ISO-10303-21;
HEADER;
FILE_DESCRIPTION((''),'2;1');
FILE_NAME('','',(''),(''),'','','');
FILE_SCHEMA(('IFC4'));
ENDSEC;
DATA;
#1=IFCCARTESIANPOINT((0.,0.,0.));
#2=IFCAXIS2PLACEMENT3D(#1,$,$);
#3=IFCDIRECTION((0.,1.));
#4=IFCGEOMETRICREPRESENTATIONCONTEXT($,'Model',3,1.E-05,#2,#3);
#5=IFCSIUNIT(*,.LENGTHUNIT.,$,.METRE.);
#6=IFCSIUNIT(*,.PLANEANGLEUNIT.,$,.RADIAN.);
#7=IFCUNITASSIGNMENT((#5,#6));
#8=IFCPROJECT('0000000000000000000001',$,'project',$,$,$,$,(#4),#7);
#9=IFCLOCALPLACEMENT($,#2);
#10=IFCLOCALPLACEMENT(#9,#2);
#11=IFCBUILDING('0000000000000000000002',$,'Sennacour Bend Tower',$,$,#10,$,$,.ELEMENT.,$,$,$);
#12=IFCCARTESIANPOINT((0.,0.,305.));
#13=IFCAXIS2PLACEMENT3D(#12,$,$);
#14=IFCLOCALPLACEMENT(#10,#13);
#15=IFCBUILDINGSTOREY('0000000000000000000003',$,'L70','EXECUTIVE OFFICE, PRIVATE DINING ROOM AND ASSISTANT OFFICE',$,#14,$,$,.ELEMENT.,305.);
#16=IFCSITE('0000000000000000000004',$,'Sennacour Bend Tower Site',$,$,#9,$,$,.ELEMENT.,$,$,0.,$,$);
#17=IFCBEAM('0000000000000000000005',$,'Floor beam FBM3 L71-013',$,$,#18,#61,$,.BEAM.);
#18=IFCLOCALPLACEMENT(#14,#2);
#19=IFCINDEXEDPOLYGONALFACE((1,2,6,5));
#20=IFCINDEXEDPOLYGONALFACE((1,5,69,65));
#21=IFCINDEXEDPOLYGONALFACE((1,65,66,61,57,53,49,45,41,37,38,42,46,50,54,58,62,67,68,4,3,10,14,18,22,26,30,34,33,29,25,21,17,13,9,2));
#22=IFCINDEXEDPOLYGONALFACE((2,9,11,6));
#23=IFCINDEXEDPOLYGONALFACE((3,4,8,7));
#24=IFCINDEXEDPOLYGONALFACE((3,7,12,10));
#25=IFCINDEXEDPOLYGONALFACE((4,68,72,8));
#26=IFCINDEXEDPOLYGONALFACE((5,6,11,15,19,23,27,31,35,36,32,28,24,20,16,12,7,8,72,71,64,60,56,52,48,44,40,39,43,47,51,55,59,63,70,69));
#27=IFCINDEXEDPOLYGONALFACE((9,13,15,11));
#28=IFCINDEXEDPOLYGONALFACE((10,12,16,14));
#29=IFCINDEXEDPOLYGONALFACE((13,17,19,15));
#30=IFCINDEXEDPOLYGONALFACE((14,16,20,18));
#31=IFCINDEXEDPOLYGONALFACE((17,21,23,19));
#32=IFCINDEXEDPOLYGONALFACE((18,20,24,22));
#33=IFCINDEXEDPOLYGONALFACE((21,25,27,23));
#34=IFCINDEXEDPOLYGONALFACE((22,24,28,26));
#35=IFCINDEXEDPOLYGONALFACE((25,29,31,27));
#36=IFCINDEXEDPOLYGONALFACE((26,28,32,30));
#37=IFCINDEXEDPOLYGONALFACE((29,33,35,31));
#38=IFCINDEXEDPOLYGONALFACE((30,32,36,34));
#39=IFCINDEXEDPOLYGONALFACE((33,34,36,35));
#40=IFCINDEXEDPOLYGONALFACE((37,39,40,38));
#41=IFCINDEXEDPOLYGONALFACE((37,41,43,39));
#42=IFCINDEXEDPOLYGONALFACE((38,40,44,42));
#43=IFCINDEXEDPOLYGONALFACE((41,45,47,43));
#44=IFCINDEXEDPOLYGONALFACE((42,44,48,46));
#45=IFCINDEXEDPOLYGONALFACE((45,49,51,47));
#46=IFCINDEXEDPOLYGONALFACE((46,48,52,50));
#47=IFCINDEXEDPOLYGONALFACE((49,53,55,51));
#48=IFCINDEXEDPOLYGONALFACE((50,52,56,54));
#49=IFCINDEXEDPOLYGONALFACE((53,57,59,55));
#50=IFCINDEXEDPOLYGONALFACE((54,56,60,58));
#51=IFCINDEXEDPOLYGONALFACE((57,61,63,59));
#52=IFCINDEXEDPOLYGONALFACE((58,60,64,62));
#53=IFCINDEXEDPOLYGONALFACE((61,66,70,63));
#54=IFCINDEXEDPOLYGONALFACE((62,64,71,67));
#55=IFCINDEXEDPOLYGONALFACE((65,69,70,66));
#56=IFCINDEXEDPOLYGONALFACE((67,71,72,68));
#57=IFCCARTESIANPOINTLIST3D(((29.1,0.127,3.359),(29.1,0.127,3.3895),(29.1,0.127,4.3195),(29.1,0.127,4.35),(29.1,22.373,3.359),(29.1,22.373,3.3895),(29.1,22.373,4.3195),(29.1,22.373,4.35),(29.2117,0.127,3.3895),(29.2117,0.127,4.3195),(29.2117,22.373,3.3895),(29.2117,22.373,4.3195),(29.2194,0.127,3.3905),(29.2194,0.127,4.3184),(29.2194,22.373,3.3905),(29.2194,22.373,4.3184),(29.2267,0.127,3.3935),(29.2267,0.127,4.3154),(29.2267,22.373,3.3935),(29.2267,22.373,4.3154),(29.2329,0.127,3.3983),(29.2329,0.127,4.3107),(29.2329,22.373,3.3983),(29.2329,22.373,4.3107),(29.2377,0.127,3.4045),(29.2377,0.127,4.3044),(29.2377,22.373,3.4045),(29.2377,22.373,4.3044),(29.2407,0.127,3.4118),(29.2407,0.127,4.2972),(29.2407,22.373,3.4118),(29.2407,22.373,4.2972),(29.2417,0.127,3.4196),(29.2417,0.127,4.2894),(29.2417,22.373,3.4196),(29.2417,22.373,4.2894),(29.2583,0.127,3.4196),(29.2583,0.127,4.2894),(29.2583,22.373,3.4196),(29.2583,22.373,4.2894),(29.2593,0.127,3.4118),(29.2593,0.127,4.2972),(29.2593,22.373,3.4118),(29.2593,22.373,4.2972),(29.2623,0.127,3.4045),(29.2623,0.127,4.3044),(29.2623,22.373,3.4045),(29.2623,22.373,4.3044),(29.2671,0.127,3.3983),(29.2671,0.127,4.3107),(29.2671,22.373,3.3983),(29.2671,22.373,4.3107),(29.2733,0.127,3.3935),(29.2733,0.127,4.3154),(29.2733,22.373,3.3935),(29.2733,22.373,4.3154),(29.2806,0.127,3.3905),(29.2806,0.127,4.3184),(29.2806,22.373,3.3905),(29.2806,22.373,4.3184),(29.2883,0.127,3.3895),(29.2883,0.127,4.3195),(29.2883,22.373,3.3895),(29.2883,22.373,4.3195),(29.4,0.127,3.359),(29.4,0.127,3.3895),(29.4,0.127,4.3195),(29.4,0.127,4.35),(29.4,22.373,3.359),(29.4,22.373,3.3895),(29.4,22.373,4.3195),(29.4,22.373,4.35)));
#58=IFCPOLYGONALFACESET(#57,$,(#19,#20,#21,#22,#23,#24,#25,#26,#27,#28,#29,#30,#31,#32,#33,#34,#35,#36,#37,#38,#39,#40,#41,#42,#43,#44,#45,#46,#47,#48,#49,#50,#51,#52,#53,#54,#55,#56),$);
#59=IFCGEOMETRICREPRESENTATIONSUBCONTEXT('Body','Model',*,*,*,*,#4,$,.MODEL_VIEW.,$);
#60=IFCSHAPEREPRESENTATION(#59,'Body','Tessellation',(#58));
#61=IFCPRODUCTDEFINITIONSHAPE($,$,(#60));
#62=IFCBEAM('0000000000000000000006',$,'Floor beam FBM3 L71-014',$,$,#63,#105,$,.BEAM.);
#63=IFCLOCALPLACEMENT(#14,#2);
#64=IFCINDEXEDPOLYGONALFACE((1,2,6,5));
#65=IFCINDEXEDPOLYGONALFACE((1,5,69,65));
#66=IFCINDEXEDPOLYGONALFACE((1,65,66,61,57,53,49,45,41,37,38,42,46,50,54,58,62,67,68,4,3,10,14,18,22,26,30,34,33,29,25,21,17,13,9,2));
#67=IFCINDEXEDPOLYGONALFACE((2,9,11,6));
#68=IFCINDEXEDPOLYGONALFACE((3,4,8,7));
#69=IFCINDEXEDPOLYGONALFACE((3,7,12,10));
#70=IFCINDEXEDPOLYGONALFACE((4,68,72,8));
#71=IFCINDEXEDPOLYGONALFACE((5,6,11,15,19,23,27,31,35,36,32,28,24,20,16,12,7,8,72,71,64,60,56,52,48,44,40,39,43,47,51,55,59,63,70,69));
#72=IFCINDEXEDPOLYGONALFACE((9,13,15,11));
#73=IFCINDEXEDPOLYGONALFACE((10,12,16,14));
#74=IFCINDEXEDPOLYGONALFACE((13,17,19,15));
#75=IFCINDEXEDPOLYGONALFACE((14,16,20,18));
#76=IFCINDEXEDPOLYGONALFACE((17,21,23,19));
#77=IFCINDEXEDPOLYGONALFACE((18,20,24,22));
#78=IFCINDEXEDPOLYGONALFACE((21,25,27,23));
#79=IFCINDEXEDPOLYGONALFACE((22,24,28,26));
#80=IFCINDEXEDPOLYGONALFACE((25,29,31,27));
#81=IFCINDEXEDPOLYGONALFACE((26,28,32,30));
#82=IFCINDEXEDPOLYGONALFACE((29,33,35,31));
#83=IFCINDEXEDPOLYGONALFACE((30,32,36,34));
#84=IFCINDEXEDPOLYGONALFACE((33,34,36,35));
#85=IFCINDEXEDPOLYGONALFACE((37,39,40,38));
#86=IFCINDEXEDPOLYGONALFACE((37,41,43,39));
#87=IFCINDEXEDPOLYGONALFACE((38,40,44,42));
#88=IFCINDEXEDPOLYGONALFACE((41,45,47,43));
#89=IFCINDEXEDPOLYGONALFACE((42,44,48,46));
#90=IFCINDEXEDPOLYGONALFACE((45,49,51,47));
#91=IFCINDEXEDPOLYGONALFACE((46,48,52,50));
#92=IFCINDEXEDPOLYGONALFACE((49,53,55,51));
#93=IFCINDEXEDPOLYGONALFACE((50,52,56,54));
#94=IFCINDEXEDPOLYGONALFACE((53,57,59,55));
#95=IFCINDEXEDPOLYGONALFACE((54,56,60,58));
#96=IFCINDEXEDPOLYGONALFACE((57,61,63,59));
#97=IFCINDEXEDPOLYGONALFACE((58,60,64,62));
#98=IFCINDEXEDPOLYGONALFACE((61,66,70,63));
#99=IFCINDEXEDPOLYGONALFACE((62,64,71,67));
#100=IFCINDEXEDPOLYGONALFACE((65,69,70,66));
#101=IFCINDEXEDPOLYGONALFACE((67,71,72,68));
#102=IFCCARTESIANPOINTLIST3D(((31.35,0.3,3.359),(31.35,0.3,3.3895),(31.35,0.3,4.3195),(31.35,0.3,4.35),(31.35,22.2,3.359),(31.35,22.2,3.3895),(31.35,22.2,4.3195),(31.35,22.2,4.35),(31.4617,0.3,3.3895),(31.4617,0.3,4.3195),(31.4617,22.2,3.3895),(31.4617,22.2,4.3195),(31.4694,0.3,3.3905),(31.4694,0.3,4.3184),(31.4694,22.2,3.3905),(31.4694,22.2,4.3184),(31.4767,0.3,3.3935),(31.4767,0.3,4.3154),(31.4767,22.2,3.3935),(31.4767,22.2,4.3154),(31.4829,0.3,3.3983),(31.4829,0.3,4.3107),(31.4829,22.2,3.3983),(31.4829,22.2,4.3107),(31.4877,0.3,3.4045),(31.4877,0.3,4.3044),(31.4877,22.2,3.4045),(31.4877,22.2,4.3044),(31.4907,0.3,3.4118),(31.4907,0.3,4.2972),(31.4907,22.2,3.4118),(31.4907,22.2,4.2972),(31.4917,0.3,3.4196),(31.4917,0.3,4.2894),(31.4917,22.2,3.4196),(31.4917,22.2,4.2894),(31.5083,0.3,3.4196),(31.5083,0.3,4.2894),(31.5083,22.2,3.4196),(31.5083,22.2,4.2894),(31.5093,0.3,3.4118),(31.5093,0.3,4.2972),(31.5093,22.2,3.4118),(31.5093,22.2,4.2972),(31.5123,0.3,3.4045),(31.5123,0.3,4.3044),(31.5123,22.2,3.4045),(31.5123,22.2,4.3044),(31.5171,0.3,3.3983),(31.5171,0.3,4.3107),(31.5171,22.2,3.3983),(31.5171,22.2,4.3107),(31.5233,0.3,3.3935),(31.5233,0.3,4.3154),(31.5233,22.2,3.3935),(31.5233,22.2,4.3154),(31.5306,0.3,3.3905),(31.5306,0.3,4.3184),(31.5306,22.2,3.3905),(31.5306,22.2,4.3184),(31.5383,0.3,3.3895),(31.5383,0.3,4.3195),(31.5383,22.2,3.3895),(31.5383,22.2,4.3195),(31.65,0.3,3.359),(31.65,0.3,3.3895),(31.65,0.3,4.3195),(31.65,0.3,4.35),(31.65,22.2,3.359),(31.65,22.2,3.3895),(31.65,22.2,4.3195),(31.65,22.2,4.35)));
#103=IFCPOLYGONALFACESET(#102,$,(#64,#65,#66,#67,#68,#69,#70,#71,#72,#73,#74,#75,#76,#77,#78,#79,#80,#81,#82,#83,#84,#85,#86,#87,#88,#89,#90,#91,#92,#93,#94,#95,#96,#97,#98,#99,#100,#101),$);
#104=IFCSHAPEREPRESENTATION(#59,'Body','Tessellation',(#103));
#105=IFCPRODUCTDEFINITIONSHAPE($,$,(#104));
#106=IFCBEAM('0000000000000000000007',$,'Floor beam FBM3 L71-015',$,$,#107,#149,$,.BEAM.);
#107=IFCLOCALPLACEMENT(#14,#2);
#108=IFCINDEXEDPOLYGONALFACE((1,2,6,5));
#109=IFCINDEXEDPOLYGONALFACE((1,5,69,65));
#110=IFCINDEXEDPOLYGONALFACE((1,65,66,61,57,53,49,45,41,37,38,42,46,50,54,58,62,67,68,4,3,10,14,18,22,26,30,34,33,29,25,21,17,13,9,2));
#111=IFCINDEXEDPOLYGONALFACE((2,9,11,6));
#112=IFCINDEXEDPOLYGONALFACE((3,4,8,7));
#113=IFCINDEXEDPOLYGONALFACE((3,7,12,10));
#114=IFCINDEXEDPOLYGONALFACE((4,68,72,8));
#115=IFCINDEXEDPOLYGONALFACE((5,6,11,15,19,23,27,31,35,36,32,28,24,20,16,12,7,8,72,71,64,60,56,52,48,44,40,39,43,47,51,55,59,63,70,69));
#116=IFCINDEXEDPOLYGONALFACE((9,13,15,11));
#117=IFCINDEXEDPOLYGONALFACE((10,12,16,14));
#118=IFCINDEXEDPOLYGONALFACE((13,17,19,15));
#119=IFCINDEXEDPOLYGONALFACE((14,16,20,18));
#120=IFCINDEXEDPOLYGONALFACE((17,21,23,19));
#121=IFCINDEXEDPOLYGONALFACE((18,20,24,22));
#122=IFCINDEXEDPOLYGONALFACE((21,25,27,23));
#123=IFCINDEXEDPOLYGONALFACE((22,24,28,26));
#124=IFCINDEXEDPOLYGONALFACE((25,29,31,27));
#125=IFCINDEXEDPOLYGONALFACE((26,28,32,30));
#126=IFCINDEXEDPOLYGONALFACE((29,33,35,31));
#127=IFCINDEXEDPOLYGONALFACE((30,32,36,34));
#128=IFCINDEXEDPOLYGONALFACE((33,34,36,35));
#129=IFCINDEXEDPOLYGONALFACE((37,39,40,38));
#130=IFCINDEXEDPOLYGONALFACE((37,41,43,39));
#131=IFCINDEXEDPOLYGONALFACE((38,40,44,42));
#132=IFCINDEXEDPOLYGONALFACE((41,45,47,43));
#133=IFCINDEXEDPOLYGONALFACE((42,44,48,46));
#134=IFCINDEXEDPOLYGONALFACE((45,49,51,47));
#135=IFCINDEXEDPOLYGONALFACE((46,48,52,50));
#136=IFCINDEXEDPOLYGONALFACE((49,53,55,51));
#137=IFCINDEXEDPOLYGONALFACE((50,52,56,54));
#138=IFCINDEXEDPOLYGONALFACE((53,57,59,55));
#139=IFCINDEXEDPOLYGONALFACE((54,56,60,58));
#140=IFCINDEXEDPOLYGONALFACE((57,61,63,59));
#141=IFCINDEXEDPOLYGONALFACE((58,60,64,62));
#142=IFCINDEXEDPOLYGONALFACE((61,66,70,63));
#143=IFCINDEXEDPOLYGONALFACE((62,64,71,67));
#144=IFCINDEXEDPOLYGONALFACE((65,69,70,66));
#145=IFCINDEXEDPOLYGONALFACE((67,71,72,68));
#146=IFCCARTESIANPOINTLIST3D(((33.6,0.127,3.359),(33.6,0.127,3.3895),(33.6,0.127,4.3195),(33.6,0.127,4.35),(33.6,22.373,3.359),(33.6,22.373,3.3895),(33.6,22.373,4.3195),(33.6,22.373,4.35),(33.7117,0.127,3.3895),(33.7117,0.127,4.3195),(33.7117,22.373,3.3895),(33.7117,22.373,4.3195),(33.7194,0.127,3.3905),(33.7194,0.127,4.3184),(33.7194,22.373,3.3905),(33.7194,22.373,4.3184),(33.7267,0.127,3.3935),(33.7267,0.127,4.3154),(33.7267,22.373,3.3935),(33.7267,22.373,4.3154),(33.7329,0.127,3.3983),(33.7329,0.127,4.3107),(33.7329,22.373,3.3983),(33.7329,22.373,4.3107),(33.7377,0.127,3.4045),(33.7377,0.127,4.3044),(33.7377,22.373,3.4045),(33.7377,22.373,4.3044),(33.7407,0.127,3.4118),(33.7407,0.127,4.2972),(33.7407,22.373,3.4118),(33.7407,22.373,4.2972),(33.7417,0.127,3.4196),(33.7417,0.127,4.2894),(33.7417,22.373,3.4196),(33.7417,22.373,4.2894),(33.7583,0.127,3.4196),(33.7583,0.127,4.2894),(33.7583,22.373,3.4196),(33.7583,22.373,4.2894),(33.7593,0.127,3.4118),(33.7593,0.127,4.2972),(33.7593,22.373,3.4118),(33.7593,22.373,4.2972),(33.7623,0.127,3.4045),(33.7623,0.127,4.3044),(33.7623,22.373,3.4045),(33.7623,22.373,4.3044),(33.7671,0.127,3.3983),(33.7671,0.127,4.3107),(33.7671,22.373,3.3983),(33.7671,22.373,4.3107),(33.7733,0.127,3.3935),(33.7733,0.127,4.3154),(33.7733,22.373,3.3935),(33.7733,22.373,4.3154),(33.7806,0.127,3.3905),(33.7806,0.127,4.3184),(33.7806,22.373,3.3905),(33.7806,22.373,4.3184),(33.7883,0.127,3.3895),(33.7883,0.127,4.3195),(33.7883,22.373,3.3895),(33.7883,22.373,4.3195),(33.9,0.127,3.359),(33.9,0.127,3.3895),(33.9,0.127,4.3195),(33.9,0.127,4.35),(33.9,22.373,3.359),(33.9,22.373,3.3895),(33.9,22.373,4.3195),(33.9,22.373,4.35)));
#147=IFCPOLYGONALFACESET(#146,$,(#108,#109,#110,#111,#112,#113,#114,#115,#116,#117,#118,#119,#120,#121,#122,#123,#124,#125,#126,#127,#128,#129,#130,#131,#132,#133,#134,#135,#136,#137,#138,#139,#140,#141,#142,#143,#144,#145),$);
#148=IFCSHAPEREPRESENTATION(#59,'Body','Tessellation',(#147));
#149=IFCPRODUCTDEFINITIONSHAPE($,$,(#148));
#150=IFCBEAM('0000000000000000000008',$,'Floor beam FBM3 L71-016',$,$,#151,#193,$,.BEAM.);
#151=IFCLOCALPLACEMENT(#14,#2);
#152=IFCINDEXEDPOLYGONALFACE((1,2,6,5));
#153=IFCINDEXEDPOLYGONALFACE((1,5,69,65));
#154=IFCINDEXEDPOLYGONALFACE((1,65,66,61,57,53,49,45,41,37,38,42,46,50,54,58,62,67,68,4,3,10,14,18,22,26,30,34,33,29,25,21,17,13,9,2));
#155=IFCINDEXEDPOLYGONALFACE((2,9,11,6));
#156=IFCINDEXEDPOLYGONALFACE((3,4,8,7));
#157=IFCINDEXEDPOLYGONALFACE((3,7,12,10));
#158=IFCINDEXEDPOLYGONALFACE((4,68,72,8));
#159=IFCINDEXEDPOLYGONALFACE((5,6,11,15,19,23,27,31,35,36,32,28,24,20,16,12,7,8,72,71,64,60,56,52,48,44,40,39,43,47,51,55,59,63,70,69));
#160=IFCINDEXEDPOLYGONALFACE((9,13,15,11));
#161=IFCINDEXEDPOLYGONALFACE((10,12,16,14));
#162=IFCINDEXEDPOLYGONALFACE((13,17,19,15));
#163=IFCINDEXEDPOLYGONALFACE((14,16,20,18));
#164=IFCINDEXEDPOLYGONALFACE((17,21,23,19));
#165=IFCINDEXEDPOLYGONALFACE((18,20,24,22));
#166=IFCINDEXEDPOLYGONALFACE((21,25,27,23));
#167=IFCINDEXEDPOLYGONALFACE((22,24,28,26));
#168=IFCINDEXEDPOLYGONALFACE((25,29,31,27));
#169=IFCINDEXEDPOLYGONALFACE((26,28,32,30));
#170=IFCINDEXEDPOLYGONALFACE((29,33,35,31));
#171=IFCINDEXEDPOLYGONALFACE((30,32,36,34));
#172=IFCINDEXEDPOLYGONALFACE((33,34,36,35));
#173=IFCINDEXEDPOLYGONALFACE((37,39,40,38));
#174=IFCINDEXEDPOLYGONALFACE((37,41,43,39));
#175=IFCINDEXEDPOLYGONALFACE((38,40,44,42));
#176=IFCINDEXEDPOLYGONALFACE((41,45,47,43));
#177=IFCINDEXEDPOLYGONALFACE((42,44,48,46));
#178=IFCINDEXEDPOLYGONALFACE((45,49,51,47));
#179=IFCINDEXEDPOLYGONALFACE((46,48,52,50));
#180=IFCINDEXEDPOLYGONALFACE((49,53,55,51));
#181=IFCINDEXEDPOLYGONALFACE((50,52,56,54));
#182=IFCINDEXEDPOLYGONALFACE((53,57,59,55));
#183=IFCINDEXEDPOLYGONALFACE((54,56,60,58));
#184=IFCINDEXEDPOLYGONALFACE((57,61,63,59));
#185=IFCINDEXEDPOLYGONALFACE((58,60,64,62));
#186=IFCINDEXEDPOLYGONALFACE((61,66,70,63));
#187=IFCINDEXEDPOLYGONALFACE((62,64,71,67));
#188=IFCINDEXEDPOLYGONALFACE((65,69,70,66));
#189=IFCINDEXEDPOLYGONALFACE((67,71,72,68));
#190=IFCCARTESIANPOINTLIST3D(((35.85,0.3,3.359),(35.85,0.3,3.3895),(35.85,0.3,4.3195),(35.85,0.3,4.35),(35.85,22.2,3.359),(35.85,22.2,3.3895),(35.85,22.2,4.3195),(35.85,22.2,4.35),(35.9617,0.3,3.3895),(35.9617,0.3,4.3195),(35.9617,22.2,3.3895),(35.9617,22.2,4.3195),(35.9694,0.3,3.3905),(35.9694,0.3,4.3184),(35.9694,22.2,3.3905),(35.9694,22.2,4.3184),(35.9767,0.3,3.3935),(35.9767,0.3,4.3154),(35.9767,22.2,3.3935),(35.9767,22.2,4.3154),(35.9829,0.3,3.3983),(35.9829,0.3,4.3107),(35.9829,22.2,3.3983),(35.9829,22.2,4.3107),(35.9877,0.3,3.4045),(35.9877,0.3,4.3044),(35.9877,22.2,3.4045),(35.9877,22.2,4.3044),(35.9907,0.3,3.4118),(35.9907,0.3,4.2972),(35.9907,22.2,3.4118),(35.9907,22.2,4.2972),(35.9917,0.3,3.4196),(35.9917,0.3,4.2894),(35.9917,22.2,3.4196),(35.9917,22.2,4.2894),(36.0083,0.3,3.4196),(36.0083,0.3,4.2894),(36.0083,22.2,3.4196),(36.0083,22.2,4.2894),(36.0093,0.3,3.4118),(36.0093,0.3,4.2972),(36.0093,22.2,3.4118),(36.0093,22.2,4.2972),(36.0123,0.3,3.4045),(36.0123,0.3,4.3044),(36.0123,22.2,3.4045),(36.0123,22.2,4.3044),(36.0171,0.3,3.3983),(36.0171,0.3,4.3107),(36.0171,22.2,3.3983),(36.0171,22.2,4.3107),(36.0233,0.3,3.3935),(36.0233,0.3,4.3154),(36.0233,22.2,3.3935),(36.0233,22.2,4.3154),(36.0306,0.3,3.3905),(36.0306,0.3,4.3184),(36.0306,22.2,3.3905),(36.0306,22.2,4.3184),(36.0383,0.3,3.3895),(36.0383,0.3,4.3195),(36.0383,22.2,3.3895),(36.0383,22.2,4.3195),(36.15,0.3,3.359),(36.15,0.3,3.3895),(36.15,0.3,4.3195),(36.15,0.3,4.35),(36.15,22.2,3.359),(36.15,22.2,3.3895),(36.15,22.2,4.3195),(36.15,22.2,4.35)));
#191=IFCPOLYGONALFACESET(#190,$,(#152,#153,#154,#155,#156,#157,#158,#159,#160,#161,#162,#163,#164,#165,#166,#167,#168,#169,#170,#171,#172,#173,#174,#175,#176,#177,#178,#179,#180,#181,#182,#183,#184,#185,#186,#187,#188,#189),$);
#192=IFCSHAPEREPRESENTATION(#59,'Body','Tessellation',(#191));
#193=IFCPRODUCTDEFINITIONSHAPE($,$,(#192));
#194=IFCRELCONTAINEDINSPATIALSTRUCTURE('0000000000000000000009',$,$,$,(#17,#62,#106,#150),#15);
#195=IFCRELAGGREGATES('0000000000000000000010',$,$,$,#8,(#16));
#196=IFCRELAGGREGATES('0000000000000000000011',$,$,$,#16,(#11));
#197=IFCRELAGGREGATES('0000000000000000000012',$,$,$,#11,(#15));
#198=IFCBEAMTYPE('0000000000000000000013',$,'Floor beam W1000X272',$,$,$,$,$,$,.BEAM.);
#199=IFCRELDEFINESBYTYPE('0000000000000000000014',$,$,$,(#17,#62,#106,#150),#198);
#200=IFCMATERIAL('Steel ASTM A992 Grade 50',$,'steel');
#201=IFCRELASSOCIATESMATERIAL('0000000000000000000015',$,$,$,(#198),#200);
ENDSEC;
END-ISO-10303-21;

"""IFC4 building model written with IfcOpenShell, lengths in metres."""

from ifc_helpers import new_model, si_unit, direction, frame, origin, origin_2d, place, context, subcontext, project, spatial, i_section, extrude, material, material_profile, profile_set, type_object, element, save


model = new_model("IFC4")

# Units and contexts
model_context = context("Model", 3, precision=1e-05, world=origin(), true_north=direction((0.0, 1.0)))
body_context = subcontext(model_context, "Body", "Model", "MODEL_VIEW")
ifc_project = project(units=[si_unit("LENGTHUNIT", "METRE"), si_unit("PLANEANGLEUNIT", "RADIAN")], contexts=[model_context])

# Site, building, storey
site_placement = place(None, origin())
site = spatial("IfcSite", under=ifc_project, at=site_placement, Name="Sennacour Bend Tower Site", CompositionType="ELEMENT", RefElevation=0.0)
building_placement = place(site_placement, origin())
building = spatial("IfcBuilding", under=site, at=building_placement, Name="Sennacour Bend Tower", CompositionType="ELEMENT")
storey_placement = place(building_placement, frame((0.0, 0.0, 305.0)))
storey = spatial("IfcBuildingStorey", under=building, at=storey_placement, Name="L70", Description="EXECUTIVE OFFICE, PRIVATE DINING ROOM AND ASSISTANT OFFICE", CompositionType="ELEMENT", Elevation=305.0)

# Beams
ifc_material_1 = material(Name="Steel ASTM A992 Grade 50", Category="steel")
ifc_material_profile_1 = material_profile(ifc_material_1, i_section(OverallWidth=0.3, OverallDepth=0.991, WebThickness=0.0166, FlangeThickness=0.0305, FilletRadius=0.03, at=origin_2d()), Name="Steel ASTM A992 Grade 50", Category="steel")
ifc_profile_set_1 = profile_set([ifc_material_profile_1], Name="Steel ASTM A992 Grade 50")
beam_type_1 = type_object("IfcBeamType", Name="Floor beam W1000X272", PredefinedType="BEAM", material=ifc_profile_set_1)
beam_1_placement = place(storey_placement, frame((29.25, 0.127, 3.8545), z_axis=(0.0, 1.0, 0.0), x_axis=(-1.0, 0.0, 0.0)))
element("IfcBeam", 1, at=beam_1_placement, inside=storey, type_object=beam_type_1, Name="Floor beam FBM3 L71-013", PredefinedType="BEAM", context=body_context, shape_type="SweptSolid", body=[
    extrude(i_section(OverallWidth=0.3, OverallDepth=0.991, WebThickness=0.0166, FlangeThickness=0.0305, FilletRadius=0.03, at=origin_2d()), origin(), (0.0, 0.0, 1.0), 22.2461),
])
beam_2_placement = place(storey_placement, frame((31.5, 0.3, 3.8545), z_axis=(0.0, 1.0, 0.0), x_axis=(-1.0, 0.0, 0.0)))
element("IfcBeam", 2, at=beam_2_placement, inside=storey, type_object=beam_type_1, Name="Floor beam FBM3 L71-014", PredefinedType="BEAM", context=body_context, shape_type="SweptSolid", body=[
    extrude(i_section(OverallWidth=0.3, OverallDepth=0.991, WebThickness=0.0166, FlangeThickness=0.0305, FilletRadius=0.03, at=origin_2d()), origin(), (0.0, 0.0, 1.0), 21.8999),
])
beam_3_placement = place(storey_placement, frame((33.75, 0.127, 3.8545), z_axis=(0.0, 1.0, 0.0), x_axis=(-1.0, 0.0, 0.0)))
element("IfcBeam", 3, at=beam_3_placement, inside=storey, type_object=beam_type_1, Name="Floor beam FBM3 L71-015", PredefinedType="BEAM", context=body_context, shape_type="SweptSolid", body=[
    extrude(i_section(OverallWidth=0.3, OverallDepth=0.991, WebThickness=0.0166, FlangeThickness=0.0305, FilletRadius=0.03, at=origin_2d()), origin(), (0.0, 0.0, 1.0), 22.2461),
])
beam_4_placement = place(storey_placement, frame((36.0, 0.3, 3.8545), z_axis=(0.0, 1.0, 0.0), x_axis=(-1.0, 0.0, 0.0)))
element("IfcBeam", 4, at=beam_4_placement, inside=storey, type_object=beam_type_1, Name="Floor beam FBM3 L71-016", PredefinedType="BEAM", context=body_context, shape_type="SweptSolid", body=[
    extrude(i_section(OverallWidth=0.3, OverallDepth=0.991, WebThickness=0.0166, FlangeThickness=0.0305, FilletRadius=0.03, at=origin_2d()), origin(), (0.0, 0.0, 1.0), 21.8999),
])

save(model, "model.ifc")
